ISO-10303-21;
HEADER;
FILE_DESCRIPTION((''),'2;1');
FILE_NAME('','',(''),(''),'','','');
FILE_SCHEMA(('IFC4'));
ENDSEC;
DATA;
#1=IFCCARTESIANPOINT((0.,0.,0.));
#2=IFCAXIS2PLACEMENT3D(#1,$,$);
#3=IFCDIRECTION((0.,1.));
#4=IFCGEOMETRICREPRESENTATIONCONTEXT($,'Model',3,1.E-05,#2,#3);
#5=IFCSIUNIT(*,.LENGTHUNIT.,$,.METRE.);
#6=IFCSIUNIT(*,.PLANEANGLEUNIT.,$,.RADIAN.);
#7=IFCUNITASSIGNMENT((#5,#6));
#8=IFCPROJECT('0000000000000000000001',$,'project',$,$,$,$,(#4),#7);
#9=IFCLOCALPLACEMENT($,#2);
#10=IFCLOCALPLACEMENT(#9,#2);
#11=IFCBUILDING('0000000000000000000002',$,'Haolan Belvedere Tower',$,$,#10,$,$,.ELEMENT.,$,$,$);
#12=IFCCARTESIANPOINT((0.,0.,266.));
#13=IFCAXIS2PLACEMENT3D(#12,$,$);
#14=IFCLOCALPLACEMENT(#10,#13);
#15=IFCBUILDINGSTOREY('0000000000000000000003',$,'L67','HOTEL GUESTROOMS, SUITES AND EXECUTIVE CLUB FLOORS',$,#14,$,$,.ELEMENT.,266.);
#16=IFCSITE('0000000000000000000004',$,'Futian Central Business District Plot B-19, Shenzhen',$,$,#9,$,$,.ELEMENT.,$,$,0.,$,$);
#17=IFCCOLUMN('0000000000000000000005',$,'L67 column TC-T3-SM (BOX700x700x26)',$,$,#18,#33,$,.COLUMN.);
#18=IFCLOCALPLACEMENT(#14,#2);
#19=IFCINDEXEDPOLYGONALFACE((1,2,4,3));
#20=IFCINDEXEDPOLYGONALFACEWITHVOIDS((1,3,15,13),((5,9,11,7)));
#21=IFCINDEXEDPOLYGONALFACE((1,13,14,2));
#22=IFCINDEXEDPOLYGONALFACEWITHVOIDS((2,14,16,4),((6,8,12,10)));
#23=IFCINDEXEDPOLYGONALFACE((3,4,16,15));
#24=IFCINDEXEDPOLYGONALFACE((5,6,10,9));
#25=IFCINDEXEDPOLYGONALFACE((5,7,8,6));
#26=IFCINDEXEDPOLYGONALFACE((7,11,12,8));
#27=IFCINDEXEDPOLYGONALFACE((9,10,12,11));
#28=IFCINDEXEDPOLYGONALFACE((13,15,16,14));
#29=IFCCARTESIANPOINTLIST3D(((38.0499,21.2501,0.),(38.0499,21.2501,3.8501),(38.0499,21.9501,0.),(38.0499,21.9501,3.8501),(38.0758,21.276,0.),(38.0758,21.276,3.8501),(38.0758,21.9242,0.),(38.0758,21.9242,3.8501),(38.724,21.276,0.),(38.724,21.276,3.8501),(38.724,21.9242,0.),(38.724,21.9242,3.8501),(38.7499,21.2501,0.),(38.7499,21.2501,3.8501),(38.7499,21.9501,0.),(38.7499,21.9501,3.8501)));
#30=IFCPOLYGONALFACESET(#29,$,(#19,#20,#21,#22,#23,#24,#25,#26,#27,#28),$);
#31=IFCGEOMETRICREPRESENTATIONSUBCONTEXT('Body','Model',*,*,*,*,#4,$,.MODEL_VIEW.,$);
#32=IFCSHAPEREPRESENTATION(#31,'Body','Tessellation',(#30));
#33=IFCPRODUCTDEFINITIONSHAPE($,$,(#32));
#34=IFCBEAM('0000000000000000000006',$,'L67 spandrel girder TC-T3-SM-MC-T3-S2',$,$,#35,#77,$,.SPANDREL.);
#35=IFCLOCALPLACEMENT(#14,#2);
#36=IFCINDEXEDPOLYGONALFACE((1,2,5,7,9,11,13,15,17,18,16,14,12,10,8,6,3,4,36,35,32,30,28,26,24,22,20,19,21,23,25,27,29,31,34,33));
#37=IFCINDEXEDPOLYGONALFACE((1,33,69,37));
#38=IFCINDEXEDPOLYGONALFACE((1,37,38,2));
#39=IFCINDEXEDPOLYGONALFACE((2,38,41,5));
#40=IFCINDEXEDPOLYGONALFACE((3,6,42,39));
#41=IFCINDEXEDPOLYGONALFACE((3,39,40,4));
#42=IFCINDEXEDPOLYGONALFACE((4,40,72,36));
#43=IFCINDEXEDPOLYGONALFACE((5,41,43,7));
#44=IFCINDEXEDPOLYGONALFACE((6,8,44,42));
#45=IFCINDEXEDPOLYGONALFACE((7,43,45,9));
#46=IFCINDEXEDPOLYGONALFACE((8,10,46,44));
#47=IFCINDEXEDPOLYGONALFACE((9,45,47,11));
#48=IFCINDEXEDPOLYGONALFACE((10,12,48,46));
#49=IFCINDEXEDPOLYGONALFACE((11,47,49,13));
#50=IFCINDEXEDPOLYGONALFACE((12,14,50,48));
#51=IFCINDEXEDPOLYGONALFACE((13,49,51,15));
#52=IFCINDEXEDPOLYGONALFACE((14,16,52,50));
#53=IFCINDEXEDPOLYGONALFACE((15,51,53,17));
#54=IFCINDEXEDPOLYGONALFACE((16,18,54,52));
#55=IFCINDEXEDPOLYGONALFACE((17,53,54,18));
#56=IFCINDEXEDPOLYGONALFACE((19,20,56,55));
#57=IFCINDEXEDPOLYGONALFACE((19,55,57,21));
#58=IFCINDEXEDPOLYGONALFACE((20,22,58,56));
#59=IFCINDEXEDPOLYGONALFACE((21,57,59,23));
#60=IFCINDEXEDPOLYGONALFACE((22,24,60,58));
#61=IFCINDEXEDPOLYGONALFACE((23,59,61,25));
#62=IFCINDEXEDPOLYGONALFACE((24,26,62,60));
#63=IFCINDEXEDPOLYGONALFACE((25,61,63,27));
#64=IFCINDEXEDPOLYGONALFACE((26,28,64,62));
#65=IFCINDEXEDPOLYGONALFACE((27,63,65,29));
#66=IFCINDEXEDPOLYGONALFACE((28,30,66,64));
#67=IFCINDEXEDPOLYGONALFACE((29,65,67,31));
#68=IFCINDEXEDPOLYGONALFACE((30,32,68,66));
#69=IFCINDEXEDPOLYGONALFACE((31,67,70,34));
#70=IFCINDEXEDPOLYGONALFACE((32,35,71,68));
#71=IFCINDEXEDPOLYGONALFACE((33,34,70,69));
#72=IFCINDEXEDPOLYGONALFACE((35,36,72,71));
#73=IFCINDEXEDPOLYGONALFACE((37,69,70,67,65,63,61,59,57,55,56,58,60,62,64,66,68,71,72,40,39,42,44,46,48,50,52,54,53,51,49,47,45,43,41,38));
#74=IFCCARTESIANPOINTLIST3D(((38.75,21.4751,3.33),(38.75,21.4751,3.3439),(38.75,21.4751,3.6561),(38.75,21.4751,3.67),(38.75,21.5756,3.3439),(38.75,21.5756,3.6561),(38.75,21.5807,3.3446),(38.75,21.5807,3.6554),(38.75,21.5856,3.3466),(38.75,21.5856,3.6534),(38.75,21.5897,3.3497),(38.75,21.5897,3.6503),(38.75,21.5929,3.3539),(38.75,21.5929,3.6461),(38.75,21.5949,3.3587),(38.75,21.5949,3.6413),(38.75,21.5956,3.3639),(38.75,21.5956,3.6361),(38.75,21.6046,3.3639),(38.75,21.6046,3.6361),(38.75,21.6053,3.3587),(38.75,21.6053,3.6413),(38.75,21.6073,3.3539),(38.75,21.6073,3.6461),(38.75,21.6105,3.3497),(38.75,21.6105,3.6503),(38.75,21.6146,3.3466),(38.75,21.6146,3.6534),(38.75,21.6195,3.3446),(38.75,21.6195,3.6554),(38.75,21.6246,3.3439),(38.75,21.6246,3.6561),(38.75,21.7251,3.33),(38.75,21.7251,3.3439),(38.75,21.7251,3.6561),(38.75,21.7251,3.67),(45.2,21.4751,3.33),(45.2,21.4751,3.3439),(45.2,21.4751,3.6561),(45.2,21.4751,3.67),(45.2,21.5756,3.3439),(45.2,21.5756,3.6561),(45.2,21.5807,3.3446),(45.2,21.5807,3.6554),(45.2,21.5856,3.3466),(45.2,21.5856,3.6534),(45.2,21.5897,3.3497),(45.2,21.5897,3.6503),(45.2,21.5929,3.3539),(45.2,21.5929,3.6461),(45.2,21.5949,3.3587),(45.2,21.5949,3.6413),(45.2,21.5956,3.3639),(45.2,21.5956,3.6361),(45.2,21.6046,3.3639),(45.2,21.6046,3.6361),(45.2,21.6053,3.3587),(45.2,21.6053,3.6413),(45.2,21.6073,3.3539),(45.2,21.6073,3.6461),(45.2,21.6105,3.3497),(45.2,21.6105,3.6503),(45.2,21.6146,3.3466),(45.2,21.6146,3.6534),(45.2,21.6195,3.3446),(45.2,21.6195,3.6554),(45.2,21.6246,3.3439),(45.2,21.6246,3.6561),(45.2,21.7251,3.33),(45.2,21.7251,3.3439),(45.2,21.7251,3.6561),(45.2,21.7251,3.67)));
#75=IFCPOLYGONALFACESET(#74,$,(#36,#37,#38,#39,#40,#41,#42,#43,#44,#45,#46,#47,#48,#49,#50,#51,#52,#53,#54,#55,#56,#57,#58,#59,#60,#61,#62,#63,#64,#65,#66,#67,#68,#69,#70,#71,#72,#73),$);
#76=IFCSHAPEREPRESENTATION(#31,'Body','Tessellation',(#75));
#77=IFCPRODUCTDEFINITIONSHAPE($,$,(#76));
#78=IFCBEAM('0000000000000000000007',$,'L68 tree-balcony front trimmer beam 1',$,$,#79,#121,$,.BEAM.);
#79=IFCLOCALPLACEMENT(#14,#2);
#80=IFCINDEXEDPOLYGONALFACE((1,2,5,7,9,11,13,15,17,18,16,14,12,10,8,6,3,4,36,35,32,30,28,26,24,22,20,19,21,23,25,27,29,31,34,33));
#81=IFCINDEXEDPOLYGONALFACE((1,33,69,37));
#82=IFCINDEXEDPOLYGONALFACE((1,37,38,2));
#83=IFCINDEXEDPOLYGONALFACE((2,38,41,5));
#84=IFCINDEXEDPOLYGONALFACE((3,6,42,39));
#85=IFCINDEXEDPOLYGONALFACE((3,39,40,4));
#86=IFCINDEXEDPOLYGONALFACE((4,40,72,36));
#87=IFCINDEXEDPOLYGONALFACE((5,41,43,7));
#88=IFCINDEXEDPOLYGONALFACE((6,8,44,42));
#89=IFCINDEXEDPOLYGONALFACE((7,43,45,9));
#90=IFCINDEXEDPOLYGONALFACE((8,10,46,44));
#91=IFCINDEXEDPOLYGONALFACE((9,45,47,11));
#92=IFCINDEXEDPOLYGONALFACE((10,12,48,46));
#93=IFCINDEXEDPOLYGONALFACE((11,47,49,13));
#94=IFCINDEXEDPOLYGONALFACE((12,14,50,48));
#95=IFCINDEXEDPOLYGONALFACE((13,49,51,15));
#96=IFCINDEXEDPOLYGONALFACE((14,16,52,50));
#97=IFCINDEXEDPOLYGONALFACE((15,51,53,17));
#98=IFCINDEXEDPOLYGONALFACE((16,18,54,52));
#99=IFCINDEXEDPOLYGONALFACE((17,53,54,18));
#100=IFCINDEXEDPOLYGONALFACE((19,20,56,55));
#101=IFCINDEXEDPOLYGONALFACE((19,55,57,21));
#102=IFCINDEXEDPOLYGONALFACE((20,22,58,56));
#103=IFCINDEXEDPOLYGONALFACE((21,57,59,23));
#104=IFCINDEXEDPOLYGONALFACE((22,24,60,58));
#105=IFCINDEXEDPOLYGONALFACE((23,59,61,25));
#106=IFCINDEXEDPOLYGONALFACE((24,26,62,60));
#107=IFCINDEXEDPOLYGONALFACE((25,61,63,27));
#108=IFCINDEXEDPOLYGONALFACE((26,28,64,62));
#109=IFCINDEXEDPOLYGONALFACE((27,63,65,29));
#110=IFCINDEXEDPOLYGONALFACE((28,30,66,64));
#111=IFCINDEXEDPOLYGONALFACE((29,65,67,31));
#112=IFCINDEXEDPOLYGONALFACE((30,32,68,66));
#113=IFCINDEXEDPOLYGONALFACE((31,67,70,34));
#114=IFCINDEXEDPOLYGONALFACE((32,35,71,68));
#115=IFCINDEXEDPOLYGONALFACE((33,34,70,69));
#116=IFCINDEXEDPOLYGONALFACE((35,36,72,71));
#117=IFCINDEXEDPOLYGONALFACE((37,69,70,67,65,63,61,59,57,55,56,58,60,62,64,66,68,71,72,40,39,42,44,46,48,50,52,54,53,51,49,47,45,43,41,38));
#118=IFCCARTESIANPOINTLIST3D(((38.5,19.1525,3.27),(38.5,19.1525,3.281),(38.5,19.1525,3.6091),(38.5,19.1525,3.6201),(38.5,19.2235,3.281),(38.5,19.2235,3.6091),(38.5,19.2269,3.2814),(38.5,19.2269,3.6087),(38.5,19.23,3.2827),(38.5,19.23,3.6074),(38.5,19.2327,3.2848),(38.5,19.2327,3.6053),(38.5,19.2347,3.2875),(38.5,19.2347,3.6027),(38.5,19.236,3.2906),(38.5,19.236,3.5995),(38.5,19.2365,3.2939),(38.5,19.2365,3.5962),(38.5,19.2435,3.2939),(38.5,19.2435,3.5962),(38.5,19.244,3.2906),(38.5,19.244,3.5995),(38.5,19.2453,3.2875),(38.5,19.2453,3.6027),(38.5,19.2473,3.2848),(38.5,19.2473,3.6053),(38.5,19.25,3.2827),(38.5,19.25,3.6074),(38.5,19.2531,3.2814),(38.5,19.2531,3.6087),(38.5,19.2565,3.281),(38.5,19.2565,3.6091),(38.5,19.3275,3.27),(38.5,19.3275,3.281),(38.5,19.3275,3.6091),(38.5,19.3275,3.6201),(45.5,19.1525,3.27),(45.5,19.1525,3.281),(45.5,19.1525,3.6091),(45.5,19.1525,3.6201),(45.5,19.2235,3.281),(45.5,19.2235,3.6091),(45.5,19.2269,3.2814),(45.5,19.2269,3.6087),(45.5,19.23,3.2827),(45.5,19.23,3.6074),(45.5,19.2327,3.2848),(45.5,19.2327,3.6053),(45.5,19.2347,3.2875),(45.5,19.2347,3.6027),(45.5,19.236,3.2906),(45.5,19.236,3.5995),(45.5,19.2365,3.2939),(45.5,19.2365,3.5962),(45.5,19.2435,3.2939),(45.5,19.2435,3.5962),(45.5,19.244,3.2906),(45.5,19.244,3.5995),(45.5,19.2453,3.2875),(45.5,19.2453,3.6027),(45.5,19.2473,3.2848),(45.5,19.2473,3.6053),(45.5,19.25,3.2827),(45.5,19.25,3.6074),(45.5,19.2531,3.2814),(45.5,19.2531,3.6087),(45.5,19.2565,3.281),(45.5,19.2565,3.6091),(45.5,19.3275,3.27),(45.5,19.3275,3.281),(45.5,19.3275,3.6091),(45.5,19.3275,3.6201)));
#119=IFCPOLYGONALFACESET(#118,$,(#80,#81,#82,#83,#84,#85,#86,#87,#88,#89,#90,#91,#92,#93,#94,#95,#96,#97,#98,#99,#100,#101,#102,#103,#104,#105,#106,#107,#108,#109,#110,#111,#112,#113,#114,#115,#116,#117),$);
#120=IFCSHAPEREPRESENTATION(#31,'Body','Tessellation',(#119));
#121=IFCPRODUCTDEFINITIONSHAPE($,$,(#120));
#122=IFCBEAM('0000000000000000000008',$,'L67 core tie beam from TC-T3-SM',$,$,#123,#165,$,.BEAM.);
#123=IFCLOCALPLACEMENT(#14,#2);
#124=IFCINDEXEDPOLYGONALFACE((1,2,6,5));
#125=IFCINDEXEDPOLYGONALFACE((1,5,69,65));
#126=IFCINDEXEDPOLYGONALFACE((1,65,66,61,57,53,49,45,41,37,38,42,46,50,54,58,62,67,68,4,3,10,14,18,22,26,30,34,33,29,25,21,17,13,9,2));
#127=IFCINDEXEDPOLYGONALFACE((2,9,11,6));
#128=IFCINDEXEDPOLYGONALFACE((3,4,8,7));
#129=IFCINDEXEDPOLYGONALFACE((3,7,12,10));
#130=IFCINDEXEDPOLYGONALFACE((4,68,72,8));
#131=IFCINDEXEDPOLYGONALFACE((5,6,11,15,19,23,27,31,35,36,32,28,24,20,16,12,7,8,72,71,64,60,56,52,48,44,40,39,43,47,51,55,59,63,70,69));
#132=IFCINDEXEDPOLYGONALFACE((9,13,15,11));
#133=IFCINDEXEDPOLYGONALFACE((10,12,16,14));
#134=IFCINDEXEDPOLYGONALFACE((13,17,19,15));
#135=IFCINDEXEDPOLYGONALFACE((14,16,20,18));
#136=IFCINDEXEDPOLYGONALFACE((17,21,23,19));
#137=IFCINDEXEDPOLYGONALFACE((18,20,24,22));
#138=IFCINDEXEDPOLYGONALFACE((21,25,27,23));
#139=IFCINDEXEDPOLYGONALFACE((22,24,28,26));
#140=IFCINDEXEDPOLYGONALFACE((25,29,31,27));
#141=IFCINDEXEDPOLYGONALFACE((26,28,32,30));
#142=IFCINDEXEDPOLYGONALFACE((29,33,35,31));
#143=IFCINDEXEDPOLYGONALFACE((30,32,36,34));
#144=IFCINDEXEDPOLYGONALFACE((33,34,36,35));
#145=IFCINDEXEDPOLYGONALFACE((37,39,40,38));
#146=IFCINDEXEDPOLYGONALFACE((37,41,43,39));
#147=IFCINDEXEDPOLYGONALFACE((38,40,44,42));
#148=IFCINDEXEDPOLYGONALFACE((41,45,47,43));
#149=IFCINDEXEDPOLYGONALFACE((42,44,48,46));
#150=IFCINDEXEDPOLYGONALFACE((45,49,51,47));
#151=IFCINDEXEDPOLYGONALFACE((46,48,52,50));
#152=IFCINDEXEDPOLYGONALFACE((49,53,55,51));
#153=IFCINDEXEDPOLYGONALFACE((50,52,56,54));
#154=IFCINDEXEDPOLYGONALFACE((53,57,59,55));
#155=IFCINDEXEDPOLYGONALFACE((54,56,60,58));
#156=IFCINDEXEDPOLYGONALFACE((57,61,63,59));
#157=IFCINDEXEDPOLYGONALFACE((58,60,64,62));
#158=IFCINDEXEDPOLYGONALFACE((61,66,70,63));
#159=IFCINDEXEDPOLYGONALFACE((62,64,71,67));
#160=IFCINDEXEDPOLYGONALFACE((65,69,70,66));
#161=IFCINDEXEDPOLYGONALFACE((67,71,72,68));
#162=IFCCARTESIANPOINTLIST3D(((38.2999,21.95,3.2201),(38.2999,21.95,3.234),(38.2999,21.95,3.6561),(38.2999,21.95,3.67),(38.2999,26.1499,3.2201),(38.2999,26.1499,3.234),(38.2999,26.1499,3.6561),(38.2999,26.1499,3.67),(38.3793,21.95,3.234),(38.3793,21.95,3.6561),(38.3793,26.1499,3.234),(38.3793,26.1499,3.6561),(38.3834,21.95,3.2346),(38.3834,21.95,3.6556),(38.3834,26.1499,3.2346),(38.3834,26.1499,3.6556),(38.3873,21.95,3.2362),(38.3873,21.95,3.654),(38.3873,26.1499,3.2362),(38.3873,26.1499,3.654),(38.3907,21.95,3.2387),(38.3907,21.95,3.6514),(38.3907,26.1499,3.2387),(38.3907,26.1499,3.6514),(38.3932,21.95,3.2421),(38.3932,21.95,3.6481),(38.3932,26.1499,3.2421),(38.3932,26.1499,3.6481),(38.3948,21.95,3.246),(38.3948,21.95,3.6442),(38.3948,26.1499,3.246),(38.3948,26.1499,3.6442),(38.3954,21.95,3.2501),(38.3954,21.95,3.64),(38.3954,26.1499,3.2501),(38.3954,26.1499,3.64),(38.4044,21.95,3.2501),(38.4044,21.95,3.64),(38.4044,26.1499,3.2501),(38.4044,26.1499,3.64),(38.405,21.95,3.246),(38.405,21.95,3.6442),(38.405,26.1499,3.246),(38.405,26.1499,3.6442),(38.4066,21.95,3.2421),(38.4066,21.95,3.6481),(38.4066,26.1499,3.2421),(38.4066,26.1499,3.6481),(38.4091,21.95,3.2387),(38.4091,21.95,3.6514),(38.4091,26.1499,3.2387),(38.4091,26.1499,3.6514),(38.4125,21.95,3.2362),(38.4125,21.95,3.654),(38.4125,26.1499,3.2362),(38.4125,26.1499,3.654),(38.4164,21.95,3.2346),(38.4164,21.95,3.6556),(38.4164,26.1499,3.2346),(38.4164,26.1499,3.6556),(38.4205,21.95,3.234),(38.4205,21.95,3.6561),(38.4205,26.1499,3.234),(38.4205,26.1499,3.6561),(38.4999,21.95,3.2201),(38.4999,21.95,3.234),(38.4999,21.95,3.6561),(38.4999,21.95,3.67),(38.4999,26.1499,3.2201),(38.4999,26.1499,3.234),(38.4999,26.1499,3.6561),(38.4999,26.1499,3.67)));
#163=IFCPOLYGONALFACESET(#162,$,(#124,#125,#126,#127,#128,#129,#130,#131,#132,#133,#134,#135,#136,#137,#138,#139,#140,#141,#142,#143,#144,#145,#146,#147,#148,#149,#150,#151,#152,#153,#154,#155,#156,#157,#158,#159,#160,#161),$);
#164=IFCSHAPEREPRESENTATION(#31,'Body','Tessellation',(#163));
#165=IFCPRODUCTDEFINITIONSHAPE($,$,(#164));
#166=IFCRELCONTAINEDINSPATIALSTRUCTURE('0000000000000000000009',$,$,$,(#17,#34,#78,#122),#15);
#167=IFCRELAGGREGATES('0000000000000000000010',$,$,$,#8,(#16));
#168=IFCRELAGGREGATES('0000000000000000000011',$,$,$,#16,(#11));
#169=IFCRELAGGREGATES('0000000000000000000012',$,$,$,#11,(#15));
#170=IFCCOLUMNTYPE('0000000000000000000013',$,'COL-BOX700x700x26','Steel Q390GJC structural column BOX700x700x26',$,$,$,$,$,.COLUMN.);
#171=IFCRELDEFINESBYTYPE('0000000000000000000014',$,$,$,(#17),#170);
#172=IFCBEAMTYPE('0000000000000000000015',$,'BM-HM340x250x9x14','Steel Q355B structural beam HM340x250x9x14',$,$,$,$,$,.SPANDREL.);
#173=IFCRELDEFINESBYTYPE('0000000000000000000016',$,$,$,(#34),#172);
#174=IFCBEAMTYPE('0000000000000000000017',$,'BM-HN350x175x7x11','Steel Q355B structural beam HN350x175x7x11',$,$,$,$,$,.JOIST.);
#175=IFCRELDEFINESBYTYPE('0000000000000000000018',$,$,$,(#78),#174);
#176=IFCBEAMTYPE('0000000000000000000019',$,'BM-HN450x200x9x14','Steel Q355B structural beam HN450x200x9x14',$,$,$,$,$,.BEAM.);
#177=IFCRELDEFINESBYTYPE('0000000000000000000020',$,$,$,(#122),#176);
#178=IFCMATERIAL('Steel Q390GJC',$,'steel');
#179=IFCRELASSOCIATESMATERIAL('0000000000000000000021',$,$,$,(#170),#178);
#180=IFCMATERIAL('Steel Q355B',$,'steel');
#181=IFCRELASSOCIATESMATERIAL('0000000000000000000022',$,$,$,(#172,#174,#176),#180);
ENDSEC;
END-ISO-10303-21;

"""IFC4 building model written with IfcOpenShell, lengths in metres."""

from ifc_helpers import new_model, si_unit, direction, frame, origin, origin_2d, place, context, subcontext, project, spatial, hollow_rectangle, i_section, extrude, material, material_profile, profile_set, type_object, element, save


model = new_model("IFC4")

# Units and contexts
model_context = context("Model", 3, precision=1e-05, world=origin(), true_north=direction((0.0, 1.0)))
body_context = subcontext(model_context, "Body", "Model", "MODEL_VIEW")
ifc_project = project(units=[si_unit("LENGTHUNIT", "METRE"), si_unit("PLANEANGLEUNIT", "RADIAN")], contexts=[model_context])

# Site, building, storey
site_placement = place(None, origin())
site = spatial("IfcSite", under=ifc_project, at=site_placement, Name="Futian Central Business District Plot B-19, Shenzhen", CompositionType="ELEMENT", RefElevation=0.0)
building_placement = place(site_placement, origin())
building = spatial("IfcBuilding", under=site, at=building_placement, Name="Haolan Belvedere Tower", CompositionType="ELEMENT")
storey_placement = place(building_placement, frame((0.0, 0.0, 266.0)))
storey = spatial("IfcBuildingStorey", under=building, at=storey_placement, Name="L67", Description="HOTEL GUESTROOMS, SUITES AND EXECUTIVE CLUB FLOORS", CompositionType="ELEMENT", Elevation=266.0)

# Column
ifc_material_1 = material(Name="Steel Q390GJC", Category="steel")
ifc_material_profile_1 = material_profile(ifc_material_1, hollow_rectangle(XDim=0.7, YDim=0.7, WallThickness=0.0259, at=origin_2d()), Name="Steel Q390GJC")
ifc_profile_set_1 = profile_set([ifc_material_profile_1], Name="Steel Q390GJC")
column_type = type_object("IfcColumnType", Name="COL-BOX700x700x26", Description="Steel Q390GJC structural column BOX700x700x26", PredefinedType="COLUMN", material=ifc_profile_set_1)
column_placement = place(storey_placement, frame((38.3999, 21.6001, 0.0), z_axis=(0.0, 0.0, 1.0), x_axis=(1.0, 0.0, 0.0)))
element("IfcColumn", 1, at=column_placement, inside=storey, type_object=column_type, Name="L67 column TC-T3-SM (BOX700x700x26)", PredefinedType="COLUMN", context=body_context, shape_type="SweptSolid", body=[
    extrude(hollow_rectangle(XDim=0.7, YDim=0.7, WallThickness=0.0259, at=origin_2d()), origin(), (0.0, 0.0, 1.0), 3.8501),
])

# Beams
ifc_material_2 = material(Name="Steel Q355B", Category="steel")
ifc_material_profile_2 = material_profile(ifc_material_2, i_section(OverallWidth=0.25, OverallDepth=0.3401, WebThickness=0.009, FlangeThickness=0.0139, FilletRadius=0.02, at=origin_2d()), Name="Steel Q355B")
ifc_profile_set_2 = profile_set([ifc_material_profile_2], Name="Steel Q355B")
beam_type_1 = type_object("IfcBeamType", Name="BM-HM340x250x9x14", Description="Steel Q355B structural beam HM340x250x9x14", PredefinedType="SPANDREL", material=ifc_profile_set_2)
beam_1_placement = place(storey_placement, frame((38.75, 21.6001, 3.5), z_axis=(1.0, 0.0, 0.0), x_axis=(0.0, 1.0, 0.0)))
element("IfcBeam", 2, at=beam_1_placement, inside=storey, type_object=beam_type_1, Name="L67 spandrel girder TC-T3-SM-MC-T3-S2", PredefinedType="SPANDREL", context=body_context, shape_type="SweptSolid", body=[
    extrude(i_section(OverallWidth=0.25, OverallDepth=0.3401, WebThickness=0.009, FlangeThickness=0.0139, FilletRadius=0.02, at=origin_2d()), origin(), (0.0, 0.0, 1.0), 6.45),
])
ifc_material_profile_3 = material_profile(ifc_material_2, i_section(OverallWidth=0.175, OverallDepth=0.3501, WebThickness=0.0071, FlangeThickness=0.011, FilletRadius=0.0129, at=origin_2d()), Name="Steel Q355B")
ifc_profile_set_3 = profile_set([ifc_material_profile_3], Name="Steel Q355B")
beam_type_2 = type_object("IfcBeamType", Name="BM-HN350x175x7x11", Description="Steel Q355B structural beam HN350x175x7x11", PredefinedType="JOIST", material=ifc_profile_set_3)
beam_2_placement = place(storey_placement, frame((38.5, 19.24, 3.4451), z_axis=(1.0, 0.0, 0.0), x_axis=(0.0, 1.0, 0.0)))
element("IfcBeam", 3, at=beam_2_placement, inside=storey, type_object=beam_type_2, Name="L68 tree-balcony front trimmer beam 1", PredefinedType="BEAM", context=body_context, shape_type="SweptSolid", body=[
    extrude(i_section(OverallWidth=0.175, OverallDepth=0.3501, WebThickness=0.0071, FlangeThickness=0.011, FilletRadius=0.0129, at=origin_2d()), origin(), (0.0, 0.0, 1.0), 7.0),
])
ifc_material_profile_4 = material_profile(ifc_material_2, i_section(OverallWidth=0.2, OverallDepth=0.45, WebThickness=0.009, FlangeThickness=0.0139, FilletRadius=0.0161, at=origin_2d()), Name="Steel Q355B")
ifc_profile_set_4 = profile_set([ifc_material_profile_4], Name="Steel Q355B")
beam_type_3 = type_object("IfcBeamType", Name="BM-HN450x200x9x14", Description="Steel Q355B structural beam HN450x200x9x14", PredefinedType="BEAM", material=ifc_profile_set_4)
beam_3_placement = place(storey_placement, frame((38.3999, 21.95, 3.4451), z_axis=(0.0, 1.0, 0.0), x_axis=(-1.0, 0.0, 0.0)))
element("IfcBeam", 4, at=beam_3_placement, inside=storey, type_object=beam_type_3, Name="L67 core tie beam from TC-T3-SM", PredefinedType="BEAM", context=body_context, shape_type="SweptSolid", body=[
    extrude(i_section(OverallWidth=0.2, OverallDepth=0.45, WebThickness=0.009, FlangeThickness=0.0139, FilletRadius=0.0161, at=origin_2d()), origin(), (0.0, 0.0, 1.0), 4.2),
])

save(model, "model.ifc")
